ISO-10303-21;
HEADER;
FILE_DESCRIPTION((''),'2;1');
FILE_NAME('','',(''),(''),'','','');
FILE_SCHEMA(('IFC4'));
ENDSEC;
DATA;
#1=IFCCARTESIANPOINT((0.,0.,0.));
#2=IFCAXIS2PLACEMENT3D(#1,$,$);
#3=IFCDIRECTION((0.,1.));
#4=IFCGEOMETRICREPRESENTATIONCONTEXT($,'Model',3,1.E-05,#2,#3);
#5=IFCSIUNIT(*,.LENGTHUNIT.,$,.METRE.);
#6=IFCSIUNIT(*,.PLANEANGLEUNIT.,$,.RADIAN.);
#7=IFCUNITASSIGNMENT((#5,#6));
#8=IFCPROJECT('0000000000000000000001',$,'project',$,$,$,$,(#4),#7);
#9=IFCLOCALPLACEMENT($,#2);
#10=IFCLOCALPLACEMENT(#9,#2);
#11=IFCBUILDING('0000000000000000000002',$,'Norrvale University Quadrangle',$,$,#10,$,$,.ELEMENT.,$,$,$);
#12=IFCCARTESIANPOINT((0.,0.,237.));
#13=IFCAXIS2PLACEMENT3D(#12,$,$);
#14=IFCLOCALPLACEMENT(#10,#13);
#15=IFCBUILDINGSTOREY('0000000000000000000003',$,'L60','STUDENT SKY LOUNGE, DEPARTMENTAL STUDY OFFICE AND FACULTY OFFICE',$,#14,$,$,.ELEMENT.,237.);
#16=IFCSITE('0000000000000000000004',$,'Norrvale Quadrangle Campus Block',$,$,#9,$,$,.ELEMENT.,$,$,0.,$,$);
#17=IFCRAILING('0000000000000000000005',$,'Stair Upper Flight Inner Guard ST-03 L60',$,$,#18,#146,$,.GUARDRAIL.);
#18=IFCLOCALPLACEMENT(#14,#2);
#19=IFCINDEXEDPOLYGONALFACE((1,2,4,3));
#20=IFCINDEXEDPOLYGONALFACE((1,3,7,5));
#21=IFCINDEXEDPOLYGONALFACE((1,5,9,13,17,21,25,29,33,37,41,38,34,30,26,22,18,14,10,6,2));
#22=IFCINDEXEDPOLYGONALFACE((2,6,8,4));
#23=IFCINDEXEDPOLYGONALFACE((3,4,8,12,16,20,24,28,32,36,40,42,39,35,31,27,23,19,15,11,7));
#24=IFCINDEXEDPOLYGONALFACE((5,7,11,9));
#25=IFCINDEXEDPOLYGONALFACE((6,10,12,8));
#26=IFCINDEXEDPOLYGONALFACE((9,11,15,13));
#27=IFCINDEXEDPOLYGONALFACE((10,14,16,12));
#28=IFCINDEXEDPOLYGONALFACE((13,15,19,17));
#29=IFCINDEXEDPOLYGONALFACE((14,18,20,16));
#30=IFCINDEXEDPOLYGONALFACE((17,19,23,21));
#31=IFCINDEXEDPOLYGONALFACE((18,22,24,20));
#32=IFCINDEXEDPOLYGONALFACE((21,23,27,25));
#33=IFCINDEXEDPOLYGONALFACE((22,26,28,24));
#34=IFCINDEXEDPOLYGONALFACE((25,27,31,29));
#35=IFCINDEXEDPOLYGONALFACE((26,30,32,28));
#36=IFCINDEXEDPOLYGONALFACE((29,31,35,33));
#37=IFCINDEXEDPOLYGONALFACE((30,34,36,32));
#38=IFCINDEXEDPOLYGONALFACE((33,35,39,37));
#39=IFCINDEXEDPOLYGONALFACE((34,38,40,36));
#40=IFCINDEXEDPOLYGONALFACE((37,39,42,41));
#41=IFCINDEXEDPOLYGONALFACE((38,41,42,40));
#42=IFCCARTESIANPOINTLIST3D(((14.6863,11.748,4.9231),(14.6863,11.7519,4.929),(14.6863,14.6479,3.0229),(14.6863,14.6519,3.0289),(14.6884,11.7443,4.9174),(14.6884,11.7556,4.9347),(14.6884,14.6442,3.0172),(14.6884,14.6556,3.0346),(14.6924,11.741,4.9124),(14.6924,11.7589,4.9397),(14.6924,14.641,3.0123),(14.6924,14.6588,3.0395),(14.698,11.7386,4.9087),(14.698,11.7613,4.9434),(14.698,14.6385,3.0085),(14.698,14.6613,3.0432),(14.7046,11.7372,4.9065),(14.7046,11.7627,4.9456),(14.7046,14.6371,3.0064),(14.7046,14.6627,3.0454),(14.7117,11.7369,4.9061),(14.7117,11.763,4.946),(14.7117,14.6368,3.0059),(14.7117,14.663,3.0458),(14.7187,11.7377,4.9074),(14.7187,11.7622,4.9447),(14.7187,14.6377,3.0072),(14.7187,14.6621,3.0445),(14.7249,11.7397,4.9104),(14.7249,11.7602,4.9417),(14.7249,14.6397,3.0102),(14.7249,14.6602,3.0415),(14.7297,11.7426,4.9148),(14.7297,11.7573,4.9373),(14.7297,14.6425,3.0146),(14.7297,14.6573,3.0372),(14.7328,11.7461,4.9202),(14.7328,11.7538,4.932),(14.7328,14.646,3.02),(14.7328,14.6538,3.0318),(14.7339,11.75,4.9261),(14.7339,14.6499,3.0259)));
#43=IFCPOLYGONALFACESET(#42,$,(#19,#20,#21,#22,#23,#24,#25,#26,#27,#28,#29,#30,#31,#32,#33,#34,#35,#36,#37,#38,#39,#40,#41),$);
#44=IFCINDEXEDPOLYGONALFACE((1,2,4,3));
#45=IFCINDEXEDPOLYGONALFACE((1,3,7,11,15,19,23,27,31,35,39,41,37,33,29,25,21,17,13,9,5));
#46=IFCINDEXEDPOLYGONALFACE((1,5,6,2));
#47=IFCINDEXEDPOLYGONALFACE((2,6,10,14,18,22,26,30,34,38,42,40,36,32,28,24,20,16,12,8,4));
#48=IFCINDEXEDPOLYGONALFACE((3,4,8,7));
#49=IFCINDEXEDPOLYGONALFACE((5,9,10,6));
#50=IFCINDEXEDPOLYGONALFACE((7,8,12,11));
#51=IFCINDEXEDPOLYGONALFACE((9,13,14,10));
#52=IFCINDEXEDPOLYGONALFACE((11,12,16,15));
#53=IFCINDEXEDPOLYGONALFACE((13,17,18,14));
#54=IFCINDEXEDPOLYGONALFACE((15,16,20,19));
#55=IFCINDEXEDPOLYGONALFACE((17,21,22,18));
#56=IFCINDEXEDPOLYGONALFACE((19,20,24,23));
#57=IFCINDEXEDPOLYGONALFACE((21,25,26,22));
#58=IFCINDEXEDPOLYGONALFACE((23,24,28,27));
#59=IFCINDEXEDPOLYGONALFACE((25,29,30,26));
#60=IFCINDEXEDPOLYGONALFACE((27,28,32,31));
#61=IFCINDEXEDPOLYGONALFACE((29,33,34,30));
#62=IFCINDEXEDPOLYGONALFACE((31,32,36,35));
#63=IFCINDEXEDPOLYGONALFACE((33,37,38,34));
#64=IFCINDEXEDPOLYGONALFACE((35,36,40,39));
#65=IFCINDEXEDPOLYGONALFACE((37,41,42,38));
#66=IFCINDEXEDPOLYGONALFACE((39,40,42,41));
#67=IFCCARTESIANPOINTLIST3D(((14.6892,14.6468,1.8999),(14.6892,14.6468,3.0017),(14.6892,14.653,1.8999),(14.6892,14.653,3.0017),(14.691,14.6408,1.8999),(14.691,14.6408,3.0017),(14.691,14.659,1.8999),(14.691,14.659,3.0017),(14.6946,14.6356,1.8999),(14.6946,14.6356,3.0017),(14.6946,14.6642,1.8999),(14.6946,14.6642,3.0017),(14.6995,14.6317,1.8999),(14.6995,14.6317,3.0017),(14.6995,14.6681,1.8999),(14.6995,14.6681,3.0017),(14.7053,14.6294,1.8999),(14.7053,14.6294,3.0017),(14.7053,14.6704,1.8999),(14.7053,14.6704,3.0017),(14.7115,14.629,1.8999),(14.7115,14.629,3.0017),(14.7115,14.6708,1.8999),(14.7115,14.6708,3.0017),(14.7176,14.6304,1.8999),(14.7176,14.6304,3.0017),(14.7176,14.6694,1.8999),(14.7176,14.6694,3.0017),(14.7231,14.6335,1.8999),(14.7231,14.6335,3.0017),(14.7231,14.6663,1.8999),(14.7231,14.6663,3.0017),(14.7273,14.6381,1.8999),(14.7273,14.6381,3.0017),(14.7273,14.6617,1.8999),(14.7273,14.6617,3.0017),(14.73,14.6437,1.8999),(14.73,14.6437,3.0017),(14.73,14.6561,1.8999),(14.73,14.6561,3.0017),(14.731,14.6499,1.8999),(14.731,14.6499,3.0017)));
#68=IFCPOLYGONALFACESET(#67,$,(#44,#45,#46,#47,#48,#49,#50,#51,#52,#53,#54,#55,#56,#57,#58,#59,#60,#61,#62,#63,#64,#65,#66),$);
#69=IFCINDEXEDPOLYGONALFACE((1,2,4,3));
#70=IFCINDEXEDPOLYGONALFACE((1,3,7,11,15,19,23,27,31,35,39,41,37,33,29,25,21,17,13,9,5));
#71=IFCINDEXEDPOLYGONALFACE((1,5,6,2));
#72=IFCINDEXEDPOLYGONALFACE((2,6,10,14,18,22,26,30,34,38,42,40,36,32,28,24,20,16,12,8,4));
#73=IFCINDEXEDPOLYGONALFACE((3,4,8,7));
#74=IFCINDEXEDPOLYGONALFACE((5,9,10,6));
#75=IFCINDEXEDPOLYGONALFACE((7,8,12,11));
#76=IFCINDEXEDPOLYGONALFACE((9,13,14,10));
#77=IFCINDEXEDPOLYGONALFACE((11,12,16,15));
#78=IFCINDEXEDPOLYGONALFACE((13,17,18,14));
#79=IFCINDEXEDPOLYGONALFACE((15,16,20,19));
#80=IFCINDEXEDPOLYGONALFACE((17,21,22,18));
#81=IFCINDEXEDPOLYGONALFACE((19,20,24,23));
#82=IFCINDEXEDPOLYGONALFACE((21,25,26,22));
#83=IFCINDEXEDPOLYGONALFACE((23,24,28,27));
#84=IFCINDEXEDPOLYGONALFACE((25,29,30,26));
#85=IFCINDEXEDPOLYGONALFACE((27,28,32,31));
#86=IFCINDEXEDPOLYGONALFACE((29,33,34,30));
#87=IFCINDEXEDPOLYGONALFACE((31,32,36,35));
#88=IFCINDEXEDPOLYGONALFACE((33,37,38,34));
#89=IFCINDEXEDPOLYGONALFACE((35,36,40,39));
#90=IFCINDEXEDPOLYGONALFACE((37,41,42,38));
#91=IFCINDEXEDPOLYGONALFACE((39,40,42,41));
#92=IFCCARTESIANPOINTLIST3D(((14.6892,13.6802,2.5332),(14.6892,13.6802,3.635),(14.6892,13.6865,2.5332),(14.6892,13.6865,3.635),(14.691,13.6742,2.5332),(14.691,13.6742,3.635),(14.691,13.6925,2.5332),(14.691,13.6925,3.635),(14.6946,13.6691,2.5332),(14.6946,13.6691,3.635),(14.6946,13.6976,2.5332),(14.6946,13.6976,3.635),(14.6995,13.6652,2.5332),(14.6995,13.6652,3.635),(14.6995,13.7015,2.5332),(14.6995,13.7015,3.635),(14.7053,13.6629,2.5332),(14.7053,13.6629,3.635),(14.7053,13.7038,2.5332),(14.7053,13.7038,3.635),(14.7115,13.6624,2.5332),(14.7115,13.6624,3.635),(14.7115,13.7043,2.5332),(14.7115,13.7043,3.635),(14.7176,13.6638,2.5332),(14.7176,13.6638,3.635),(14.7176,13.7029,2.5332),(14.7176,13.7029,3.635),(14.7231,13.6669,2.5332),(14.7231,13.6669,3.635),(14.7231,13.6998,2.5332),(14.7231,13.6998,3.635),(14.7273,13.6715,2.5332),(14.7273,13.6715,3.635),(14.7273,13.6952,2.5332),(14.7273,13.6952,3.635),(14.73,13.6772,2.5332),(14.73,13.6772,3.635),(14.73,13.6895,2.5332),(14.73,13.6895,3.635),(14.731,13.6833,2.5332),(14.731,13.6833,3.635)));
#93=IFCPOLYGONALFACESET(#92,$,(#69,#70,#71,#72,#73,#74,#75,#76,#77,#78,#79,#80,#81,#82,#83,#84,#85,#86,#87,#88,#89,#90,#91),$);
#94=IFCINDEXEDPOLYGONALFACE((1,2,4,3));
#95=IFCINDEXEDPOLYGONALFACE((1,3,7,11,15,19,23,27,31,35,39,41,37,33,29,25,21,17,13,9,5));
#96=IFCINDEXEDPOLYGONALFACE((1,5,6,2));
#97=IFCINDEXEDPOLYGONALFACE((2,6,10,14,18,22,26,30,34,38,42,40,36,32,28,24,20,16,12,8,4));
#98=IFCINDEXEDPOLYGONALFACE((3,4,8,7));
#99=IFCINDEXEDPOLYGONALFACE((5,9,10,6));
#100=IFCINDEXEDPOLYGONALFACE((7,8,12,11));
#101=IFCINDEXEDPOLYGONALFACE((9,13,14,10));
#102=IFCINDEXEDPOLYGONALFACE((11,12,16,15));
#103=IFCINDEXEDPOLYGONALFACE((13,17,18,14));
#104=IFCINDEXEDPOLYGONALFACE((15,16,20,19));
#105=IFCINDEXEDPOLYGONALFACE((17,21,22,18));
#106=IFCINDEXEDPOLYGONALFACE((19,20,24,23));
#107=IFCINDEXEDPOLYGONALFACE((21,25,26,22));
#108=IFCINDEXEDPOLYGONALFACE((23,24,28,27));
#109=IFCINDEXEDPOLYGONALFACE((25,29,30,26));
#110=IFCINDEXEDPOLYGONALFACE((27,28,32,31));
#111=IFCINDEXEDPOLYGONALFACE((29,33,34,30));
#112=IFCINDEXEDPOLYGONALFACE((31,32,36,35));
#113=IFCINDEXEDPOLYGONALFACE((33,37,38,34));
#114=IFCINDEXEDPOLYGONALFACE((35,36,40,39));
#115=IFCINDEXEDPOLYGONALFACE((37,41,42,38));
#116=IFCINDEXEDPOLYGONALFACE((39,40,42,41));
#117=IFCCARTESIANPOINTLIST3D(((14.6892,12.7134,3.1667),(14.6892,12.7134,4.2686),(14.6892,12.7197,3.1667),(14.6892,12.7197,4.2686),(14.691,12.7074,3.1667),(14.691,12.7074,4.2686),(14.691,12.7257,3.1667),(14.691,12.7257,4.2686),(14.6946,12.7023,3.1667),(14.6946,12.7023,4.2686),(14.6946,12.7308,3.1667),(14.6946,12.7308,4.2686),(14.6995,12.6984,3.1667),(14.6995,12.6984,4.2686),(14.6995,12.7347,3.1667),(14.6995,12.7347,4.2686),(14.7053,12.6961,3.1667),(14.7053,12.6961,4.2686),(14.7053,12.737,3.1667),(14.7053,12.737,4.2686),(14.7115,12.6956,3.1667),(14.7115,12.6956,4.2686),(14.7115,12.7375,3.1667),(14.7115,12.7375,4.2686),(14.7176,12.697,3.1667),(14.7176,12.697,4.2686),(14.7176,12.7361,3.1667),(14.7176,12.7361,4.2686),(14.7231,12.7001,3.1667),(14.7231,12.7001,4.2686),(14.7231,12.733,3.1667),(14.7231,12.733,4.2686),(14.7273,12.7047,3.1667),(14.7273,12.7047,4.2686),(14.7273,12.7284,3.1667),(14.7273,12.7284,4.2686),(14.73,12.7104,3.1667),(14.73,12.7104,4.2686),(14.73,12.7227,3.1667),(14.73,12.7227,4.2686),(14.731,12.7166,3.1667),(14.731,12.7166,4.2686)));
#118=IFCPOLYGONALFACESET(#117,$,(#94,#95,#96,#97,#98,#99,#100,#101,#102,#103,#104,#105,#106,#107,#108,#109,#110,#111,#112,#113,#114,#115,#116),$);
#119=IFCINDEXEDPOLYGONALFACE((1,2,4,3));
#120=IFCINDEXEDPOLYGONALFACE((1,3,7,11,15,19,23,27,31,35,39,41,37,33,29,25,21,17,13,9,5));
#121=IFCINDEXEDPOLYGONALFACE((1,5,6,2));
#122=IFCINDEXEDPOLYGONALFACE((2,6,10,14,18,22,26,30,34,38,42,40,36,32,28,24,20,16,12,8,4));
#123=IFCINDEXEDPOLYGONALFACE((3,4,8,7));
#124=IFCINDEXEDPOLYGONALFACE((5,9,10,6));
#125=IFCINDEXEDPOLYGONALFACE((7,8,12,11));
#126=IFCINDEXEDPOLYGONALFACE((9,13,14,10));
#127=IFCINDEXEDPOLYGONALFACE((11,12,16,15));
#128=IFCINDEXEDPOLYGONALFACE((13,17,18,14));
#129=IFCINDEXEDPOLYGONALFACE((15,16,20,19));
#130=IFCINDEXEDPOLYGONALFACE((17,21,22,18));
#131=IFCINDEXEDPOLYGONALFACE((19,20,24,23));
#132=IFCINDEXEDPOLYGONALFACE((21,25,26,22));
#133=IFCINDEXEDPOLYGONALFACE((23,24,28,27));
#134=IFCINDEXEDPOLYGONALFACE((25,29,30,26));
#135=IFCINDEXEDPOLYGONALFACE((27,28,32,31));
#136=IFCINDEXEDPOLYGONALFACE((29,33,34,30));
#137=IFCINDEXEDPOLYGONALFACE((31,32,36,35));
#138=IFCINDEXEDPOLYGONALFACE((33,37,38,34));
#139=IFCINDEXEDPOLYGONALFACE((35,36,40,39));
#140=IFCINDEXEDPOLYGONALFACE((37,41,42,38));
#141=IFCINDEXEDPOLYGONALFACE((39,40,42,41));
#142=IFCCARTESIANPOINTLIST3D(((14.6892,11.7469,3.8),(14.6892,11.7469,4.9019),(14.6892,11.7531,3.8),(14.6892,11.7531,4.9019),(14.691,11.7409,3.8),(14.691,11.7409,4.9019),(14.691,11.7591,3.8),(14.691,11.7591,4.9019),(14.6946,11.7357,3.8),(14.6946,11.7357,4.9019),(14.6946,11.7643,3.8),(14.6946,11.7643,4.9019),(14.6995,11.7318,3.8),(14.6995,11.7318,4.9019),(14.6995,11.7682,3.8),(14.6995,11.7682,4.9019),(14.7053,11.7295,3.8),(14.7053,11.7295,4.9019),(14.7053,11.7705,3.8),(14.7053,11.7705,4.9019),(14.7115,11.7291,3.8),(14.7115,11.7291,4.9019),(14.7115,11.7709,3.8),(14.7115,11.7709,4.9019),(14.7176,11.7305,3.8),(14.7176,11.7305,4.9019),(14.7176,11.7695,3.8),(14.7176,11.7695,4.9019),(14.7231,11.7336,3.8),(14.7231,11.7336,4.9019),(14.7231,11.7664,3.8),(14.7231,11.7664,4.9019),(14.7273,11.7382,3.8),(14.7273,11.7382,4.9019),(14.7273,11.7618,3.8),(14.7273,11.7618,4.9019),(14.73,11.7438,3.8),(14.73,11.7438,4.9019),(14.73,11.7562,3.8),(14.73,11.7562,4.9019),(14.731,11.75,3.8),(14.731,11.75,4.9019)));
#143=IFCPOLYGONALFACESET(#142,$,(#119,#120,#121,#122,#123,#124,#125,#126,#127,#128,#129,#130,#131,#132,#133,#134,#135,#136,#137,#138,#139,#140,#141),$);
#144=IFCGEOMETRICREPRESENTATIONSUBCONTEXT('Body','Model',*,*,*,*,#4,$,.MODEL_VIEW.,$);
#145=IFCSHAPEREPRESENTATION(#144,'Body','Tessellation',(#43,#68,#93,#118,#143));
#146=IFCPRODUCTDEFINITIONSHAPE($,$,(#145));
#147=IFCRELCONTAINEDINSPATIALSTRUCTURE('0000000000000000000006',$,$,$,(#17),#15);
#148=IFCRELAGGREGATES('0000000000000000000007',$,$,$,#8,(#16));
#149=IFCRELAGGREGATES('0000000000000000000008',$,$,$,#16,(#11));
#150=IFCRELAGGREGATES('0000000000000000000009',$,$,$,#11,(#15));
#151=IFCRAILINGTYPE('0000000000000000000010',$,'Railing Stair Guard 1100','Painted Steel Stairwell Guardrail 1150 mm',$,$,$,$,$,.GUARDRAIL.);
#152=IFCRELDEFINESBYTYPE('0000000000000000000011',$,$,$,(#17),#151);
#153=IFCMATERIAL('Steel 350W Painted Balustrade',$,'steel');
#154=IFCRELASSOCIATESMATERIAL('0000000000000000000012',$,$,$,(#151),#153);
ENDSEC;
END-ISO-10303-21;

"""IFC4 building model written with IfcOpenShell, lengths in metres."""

from ifc_helpers import new_model, si_unit, direction, frame, origin, origin_2d, place, context, subcontext, project, spatial, circle, extrude, material, type_object, element, save


model = new_model("IFC4")

# Units and contexts
model_context = context("Model", 3, precision=1e-05, world=origin(), true_north=direction((0.0, 1.0)))
body_context = subcontext(model_context, "Body", "Model", "MODEL_VIEW")
ifc_project = project(units=[si_unit("LENGTHUNIT", "METRE"), si_unit("PLANEANGLEUNIT", "RADIAN")], contexts=[model_context])

# Site, building, storey
site_placement = place(None, origin())
site = spatial("IfcSite", under=ifc_project, at=site_placement, Name="Norrvale Quadrangle Campus Block", CompositionType="ELEMENT", RefElevation=0.0)
building_placement = place(site_placement, origin())
building = spatial("IfcBuilding", under=site, at=building_placement, Name="Norrvale University Quadrangle", CompositionType="ELEMENT")
storey_placement = place(building_placement, frame((0.0, 0.0, 237.0)))
storey = spatial("IfcBuildingStorey", under=building, at=storey_placement, Name="L60", Description="STUDENT SKY LOUNGE, DEPARTMENTAL STUDY OFFICE AND FACULTY OFFICE", CompositionType="ELEMENT", Elevation=237.0)

# Railing
ifc_material_1 = material(Name="Steel 350W Painted Balustrade", Category="steel")
railing_type_1 = type_object("IfcRailingType", Name="Railing Stair Guard 1100", Description="Painted Steel Stairwell Guardrail 1150 mm", PredefinedType="GUARDRAIL", material=ifc_material_1)
railing_1_placement = place(storey_placement, frame((14.71, 14.6499, 1.8999)))
element("IfcRailing", 1, at=railing_1_placement, inside=storey, type_object=railing_type_1, Name="Stair Upper Flight Inner Guard ST-03 L60", PredefinedType="GUARDRAIL", context=body_context, shape_type="SweptSolid", body=[
    extrude(circle(Radius=0.0239, at=origin_2d()), frame((0.0, 0.0, 1.126), z_axis=(0.0, -0.836433, 0.548069), x_axis=(1.0, 0.0, 0.0)), (0.0, 0.0, 1.0), 3.467),
    extrude(circle(Radius=0.021, at=origin_2d()), origin(), (0.0, 0.0, 1.0), 1.1018),
    extrude(circle(Radius=0.021, at=origin_2d()), frame((0.0, -0.9666, 0.6333)), (0.0, 0.0, 1.0), 1.1018),
    extrude(circle(Radius=0.021, at=origin_2d()), frame((0.0, -1.9333, 1.2668)), (0.0, 0.0, 1.0), 1.1018),
    extrude(circle(Radius=0.021, at=origin_2d()), frame((0.0, -2.8999, 1.9001)), (0.0, 0.0, 1.0), 1.1018),
])

save(model, "model.ifc")
